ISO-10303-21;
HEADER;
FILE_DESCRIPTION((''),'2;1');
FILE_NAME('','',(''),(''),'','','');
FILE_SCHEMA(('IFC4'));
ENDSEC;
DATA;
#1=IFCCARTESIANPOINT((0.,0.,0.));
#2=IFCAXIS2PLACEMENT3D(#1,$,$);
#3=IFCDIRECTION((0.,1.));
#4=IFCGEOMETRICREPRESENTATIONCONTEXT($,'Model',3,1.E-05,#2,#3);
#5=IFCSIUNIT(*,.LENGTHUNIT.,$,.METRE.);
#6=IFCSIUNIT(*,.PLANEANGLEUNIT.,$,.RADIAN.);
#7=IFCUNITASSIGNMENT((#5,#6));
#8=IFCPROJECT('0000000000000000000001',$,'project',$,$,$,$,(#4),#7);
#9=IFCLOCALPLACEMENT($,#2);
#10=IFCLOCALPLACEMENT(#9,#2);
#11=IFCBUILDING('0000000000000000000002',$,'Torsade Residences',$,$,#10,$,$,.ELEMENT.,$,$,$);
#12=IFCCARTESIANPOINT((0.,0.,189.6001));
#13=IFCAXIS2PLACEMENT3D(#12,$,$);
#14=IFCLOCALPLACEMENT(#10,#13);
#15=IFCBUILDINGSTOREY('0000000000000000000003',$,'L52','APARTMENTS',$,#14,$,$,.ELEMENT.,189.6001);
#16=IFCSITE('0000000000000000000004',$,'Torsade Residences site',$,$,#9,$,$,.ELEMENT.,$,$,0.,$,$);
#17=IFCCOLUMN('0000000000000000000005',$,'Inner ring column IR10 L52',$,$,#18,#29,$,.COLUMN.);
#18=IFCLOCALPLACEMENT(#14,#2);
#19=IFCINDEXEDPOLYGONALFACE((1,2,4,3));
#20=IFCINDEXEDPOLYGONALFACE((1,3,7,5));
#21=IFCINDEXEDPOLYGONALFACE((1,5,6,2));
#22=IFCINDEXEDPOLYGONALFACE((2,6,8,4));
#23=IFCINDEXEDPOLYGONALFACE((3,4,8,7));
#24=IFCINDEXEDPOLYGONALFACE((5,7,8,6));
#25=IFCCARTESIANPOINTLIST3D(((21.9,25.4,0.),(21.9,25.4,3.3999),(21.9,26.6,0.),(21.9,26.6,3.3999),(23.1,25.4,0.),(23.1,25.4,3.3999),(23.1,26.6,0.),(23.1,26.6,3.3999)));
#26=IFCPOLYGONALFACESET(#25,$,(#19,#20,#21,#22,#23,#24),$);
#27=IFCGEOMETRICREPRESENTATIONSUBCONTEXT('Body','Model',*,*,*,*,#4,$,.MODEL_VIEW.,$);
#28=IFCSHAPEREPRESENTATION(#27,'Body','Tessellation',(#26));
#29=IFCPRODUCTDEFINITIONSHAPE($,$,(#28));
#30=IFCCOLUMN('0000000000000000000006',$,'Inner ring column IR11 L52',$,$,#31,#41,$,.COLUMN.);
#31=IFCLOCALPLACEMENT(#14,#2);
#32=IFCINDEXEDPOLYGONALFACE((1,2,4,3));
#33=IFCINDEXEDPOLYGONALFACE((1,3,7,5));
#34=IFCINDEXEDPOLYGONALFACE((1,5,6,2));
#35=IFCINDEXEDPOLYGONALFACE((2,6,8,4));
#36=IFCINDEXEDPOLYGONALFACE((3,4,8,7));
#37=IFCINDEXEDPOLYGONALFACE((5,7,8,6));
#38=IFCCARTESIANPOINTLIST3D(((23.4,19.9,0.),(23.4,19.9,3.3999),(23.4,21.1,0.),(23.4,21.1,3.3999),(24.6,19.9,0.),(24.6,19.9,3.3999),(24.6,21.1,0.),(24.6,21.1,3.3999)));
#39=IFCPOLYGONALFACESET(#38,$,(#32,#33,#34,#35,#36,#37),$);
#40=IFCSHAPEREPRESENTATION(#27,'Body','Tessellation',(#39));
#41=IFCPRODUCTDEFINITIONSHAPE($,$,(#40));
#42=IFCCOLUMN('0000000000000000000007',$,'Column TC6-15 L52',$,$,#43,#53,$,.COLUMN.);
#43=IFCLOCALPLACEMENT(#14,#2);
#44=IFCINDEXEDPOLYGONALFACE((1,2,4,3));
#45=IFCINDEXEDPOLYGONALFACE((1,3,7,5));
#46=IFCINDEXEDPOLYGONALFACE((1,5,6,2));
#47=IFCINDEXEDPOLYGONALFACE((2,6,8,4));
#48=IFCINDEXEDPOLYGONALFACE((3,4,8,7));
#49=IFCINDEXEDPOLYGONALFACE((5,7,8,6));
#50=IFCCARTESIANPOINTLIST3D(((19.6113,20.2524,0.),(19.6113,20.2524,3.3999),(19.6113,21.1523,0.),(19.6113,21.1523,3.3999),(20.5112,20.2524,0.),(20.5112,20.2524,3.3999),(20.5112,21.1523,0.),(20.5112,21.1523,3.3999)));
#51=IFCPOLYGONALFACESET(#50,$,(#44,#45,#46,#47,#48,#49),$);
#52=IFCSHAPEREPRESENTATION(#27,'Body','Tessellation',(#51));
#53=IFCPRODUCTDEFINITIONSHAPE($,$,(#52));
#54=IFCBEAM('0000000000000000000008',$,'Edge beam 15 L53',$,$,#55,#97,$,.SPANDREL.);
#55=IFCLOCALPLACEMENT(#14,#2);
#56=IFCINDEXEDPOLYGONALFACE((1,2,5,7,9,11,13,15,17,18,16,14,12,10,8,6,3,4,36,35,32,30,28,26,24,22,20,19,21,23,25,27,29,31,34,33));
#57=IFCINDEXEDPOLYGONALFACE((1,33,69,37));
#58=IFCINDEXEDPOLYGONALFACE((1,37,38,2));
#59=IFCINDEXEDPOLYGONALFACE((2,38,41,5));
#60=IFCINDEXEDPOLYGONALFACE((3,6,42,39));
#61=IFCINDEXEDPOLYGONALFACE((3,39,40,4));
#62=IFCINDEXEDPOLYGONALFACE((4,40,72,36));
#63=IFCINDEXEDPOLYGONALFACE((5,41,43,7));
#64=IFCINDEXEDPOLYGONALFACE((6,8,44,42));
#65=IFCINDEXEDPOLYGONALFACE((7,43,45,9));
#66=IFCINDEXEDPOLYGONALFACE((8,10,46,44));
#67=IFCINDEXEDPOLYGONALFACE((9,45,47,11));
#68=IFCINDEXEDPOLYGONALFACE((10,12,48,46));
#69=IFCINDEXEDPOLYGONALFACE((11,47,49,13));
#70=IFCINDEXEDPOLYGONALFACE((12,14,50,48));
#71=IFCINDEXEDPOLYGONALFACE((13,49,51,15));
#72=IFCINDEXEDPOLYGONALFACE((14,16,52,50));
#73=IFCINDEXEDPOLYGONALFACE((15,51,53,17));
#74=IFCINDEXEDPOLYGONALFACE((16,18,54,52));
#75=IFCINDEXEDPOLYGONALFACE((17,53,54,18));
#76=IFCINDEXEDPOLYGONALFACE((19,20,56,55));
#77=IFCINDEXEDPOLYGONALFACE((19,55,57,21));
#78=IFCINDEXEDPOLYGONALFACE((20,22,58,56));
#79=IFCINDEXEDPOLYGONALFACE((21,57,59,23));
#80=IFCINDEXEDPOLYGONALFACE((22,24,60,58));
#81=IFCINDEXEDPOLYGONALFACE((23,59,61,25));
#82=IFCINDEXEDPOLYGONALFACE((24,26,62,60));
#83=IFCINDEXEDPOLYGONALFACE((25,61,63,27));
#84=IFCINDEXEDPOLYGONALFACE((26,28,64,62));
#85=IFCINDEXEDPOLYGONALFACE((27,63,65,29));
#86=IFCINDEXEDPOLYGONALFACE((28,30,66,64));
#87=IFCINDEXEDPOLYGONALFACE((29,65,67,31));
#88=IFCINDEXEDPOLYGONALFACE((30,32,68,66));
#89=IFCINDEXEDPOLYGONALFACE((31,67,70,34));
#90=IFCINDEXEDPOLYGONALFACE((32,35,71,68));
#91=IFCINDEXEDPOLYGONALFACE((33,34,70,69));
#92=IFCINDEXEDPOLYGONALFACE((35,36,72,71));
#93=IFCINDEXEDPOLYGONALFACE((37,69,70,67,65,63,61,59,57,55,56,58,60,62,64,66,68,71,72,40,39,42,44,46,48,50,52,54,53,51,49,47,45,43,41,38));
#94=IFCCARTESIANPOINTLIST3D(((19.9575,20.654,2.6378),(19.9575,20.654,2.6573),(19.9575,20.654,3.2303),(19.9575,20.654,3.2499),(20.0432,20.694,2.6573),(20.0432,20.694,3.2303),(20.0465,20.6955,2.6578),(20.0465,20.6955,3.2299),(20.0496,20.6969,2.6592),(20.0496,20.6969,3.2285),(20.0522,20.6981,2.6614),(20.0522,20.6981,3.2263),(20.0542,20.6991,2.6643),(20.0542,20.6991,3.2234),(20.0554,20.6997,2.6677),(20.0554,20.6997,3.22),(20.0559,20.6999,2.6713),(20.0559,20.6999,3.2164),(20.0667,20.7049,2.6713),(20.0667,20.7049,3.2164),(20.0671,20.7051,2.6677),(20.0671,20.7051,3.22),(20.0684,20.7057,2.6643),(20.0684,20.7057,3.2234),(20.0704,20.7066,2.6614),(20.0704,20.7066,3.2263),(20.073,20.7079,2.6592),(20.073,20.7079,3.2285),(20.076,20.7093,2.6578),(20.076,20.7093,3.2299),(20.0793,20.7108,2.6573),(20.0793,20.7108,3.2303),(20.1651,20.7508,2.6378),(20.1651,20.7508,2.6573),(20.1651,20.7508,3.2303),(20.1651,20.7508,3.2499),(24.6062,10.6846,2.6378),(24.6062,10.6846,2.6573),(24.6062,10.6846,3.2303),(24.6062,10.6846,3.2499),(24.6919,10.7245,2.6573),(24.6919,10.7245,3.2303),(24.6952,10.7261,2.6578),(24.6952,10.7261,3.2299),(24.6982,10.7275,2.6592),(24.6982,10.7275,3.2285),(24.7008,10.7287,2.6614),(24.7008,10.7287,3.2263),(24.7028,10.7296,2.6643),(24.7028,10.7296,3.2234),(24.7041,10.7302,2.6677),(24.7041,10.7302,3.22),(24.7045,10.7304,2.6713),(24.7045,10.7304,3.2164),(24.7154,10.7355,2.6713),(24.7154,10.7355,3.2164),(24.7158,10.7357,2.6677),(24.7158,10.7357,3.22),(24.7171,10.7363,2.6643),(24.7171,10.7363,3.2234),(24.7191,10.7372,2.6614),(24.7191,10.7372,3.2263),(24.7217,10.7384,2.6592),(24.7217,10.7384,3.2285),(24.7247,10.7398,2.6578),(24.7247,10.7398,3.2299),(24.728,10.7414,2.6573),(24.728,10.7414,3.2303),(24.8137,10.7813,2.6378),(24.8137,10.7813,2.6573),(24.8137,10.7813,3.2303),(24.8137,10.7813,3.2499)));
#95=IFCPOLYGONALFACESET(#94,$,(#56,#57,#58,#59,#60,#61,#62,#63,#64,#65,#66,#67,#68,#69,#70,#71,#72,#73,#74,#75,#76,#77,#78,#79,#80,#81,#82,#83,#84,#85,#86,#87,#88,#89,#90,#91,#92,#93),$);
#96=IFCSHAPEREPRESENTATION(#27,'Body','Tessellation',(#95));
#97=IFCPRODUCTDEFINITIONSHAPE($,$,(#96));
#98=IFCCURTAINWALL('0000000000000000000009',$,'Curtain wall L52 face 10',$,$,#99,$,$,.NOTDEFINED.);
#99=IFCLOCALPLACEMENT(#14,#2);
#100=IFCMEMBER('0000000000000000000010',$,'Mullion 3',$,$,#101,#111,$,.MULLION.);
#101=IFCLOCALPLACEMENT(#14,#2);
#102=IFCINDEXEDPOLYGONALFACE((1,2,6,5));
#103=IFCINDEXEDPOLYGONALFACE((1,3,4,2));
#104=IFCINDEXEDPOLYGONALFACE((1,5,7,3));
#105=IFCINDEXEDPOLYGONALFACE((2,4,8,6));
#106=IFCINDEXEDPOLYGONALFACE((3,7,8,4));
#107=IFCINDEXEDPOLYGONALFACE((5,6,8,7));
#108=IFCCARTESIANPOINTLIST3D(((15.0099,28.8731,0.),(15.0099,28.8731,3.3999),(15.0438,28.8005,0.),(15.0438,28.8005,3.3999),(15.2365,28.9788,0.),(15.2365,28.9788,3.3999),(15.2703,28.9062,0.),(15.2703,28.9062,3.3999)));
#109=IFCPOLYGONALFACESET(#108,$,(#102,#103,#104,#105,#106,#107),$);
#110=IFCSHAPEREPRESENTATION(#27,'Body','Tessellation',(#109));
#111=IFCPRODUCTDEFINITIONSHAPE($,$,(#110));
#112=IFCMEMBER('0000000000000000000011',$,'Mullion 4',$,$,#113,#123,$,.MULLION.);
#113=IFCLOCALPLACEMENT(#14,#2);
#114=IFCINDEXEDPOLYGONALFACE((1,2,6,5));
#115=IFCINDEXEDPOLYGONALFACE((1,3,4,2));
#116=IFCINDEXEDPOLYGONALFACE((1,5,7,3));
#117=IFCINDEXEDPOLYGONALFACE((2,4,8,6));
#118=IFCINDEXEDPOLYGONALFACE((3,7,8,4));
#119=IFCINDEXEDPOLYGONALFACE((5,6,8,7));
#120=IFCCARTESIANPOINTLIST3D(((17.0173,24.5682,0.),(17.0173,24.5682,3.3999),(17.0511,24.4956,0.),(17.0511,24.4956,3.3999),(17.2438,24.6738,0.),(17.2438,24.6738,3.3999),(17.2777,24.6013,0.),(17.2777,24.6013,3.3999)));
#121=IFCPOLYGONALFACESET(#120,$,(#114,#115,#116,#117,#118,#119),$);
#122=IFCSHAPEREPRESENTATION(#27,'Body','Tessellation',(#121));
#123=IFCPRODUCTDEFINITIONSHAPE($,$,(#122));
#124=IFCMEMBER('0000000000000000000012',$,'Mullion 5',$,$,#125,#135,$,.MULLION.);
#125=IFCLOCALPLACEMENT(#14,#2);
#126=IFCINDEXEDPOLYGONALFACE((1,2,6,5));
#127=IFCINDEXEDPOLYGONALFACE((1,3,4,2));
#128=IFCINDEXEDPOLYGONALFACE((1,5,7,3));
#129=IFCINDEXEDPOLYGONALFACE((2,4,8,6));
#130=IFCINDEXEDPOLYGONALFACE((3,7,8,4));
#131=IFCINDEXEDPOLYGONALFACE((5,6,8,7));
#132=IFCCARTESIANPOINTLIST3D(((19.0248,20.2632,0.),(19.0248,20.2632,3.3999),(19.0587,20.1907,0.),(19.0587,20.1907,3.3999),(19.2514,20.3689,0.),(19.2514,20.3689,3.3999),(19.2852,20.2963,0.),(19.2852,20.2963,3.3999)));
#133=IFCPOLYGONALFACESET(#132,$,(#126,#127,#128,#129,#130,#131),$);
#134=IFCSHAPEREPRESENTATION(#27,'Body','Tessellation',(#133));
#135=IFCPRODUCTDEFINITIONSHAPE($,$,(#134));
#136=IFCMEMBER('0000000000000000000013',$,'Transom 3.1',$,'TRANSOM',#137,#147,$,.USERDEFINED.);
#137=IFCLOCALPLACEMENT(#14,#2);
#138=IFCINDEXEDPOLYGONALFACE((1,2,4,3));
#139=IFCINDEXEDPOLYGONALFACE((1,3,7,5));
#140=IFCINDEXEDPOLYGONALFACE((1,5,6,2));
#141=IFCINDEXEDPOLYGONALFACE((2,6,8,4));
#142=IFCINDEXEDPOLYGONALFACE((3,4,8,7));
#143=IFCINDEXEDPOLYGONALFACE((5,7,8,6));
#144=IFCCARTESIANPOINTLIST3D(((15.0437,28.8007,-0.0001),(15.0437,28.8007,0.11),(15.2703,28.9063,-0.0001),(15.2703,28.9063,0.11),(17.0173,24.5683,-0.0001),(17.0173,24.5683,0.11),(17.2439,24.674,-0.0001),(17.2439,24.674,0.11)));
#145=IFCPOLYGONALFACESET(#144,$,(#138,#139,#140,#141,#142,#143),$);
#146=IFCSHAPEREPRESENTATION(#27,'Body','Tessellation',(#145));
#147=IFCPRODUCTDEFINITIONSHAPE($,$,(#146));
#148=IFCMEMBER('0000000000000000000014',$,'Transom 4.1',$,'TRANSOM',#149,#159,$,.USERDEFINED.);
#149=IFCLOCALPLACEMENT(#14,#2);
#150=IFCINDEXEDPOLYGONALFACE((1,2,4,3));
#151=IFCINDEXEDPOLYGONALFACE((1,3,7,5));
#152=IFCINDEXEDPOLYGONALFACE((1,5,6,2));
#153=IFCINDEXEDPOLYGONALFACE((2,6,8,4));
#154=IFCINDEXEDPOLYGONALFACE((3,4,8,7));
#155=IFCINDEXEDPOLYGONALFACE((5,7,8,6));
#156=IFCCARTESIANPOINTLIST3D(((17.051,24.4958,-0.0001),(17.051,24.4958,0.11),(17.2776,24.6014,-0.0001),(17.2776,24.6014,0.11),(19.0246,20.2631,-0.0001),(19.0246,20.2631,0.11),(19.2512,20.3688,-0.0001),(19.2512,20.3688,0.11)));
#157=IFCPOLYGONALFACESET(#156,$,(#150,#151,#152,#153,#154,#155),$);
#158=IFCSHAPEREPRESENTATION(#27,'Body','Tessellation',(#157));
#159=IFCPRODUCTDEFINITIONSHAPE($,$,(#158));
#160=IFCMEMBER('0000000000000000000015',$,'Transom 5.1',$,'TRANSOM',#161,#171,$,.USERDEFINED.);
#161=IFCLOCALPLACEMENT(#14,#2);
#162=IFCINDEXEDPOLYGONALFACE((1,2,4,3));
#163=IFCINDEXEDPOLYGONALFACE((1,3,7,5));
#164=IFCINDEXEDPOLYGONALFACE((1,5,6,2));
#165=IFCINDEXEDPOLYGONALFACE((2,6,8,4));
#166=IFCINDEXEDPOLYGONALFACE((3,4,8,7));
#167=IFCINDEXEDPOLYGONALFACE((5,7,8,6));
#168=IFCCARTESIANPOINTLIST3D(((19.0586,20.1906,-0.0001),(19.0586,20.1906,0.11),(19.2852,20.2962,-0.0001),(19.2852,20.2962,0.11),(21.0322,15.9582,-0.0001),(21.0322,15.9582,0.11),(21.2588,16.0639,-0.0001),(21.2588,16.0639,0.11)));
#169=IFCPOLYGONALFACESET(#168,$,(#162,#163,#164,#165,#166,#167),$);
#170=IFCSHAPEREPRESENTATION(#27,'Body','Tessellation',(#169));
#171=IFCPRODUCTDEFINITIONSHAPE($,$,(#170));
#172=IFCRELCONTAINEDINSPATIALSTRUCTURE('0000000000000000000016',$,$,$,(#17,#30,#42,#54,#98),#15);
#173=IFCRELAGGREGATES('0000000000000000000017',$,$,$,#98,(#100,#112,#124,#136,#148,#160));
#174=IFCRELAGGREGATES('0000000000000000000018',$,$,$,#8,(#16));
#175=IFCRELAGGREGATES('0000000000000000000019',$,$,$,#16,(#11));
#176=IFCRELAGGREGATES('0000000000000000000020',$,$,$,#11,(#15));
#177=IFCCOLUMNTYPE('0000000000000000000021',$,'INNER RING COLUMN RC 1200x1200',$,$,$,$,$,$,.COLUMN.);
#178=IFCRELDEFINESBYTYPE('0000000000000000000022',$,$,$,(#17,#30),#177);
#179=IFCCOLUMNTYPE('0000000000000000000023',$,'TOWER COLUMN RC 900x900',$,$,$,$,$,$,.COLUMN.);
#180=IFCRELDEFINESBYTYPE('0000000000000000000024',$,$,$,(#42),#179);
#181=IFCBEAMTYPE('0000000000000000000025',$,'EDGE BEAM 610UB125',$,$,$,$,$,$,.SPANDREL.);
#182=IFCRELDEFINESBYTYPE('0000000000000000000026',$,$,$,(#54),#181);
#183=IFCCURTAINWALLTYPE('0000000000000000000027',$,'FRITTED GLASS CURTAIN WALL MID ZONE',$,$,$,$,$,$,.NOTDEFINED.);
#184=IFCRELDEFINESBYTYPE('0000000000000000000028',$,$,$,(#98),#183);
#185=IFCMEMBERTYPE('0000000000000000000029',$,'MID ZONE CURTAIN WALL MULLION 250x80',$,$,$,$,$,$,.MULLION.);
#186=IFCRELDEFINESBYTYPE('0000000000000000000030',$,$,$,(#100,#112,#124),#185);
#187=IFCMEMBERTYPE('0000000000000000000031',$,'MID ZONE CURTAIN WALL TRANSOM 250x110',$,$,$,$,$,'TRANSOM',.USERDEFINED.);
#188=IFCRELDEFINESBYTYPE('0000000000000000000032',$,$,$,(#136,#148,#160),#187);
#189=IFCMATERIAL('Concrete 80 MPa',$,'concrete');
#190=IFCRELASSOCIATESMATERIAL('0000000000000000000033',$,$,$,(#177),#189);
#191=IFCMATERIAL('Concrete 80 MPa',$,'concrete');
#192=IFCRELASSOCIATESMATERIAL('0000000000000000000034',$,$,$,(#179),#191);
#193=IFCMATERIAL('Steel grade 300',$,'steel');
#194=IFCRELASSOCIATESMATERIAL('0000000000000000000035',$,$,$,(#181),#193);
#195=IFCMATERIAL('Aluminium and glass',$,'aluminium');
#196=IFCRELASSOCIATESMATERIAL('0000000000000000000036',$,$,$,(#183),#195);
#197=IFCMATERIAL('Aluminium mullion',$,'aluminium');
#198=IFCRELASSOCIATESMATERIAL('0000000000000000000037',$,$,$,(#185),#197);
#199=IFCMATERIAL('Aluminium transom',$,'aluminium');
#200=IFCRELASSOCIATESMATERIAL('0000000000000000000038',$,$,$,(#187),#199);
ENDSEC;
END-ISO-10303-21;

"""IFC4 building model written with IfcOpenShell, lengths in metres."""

from ifc_helpers import new_model, si_unit, direction, frame, origin, origin_2d, place, context, subcontext, project, spatial, rectangle, i_section, extrude, material, material_profile, profile_set, type_object, element, aggregate, save


model = new_model("IFC4")

# Units and contexts
model_context = context("Model", 3, precision=1e-05, world=origin(), true_north=direction((0.0, 1.0)))
body_context = subcontext(model_context, "Body", "Model", "MODEL_VIEW")
ifc_project = project(units=[si_unit("LENGTHUNIT", "METRE"), si_unit("PLANEANGLEUNIT", "RADIAN")], contexts=[model_context])

# Site, building, storey
site_placement = place(None, origin())
site = spatial("IfcSite", under=ifc_project, at=site_placement, Name="Torsade Residences site", CompositionType="ELEMENT", RefElevation=0.0)
building_placement = place(site_placement, origin())
building = spatial("IfcBuilding", under=site, at=building_placement, Name="Torsade Residences", CompositionType="ELEMENT")
storey_placement = place(building_placement, frame((0.0, 0.0, 189.6001)))
storey = spatial("IfcBuildingStorey", under=building, at=storey_placement, Name="L52", Description="APARTMENTS", CompositionType="ELEMENT", Elevation=189.6001)

# Columns
ifc_material_1 = material(Name="Concrete 80 MPa", Category="concrete")
ifc_material_profile_1 = material_profile(ifc_material_1, rectangle(XDim=1.2, YDim=1.2, at=origin_2d()), Name="RC 1200x1200")
ifc_profile_set_1 = profile_set([ifc_material_profile_1], Name="Concrete 80 MPa")
column_type_1 = type_object("IfcColumnType", Name="INNER RING COLUMN RC 1200x1200", PredefinedType="COLUMN", material=ifc_profile_set_1)
for number, where, z_axis, x_axis, name in (
    (1, (22.5, 26.0, 0.0), (0.0, 0.0, 1.0), (1.0, 0.0, 0.0), "Inner ring column IR10 L52"),
    (2, (24.0, 20.5, 0.0), (0.0, 0.0, 1.0), (1.0, 0.0, 0.0), "Inner ring column IR11 L52"),
):
    element("IfcColumn", number, at=place(storey_placement, frame(where, z_axis=z_axis, x_axis=x_axis)), inside=storey, type_object=column_type_1, Name=name, PredefinedType="COLUMN", context=body_context, shape_type="SweptSolid", body=[
        extrude(rectangle(XDim=1.2, YDim=1.2, at=origin_2d()), origin(), (0.0, 0.0, 1.0), 3.3999),
    ])
ifc_material_2 = material(Name="Concrete 80 MPa", Category="concrete")
ifc_material_profile_2 = material_profile(ifc_material_2, rectangle(XDim=0.8999, YDim=0.8999, at=origin_2d()), Name="RC 900x900")
ifc_profile_set_2 = profile_set([ifc_material_profile_2], Name="Concrete 80 MPa")
column_type_2 = type_object("IfcColumnType", Name="TOWER COLUMN RC 900x900", PredefinedType="COLUMN", material=ifc_profile_set_2)
column_placement = place(storey_placement, frame((20.0613, 20.7024, 0.0), z_axis=(0.0, 0.0, 1.0), x_axis=(1.0, 0.0, 0.0)))
element("IfcColumn", 3, at=column_placement, inside=storey, type_object=column_type_2, Name="Column TC6-15 L52", PredefinedType="COLUMN", context=body_context, shape_type="SweptSolid", body=[
    extrude(rectangle(XDim=0.8999, YDim=0.8999, at=origin_2d()), origin(), (0.0, 0.0, 1.0), 3.3999),
])

# Beam
ifc_material_3 = material(Name="Steel grade 300", Category="steel")
ifc_material_profile_3 = material_profile(ifc_material_3, i_section(OverallWidth=0.229, OverallDepth=0.6121, WebThickness=0.012, FlangeThickness=0.0195, FilletRadius=0.0139, at=origin_2d()), Name="610UB125")
ifc_profile_set_3 = profile_set([ifc_material_profile_3], Name="Steel grade 300")
beam_type_1 = type_object("IfcBeamType", Name="EDGE BEAM 610UB125", PredefinedType="SPANDREL", material=ifc_profile_set_3)
beam_1_placement = place(storey_placement, frame((20.0613, 20.7024, 2.9438), z_axis=(0.422606, -0.906314, 0.0), x_axis=(0.906314, 0.422606, 0.0)))
element("IfcBeam", 4, at=beam_1_placement, inside=storey, type_object=beam_type_1, Name="Edge beam 15 L53", PredefinedType="SPANDREL", context=body_context, shape_type="SweptSolid", body=[
    extrude(i_section(OverallWidth=0.229, OverallDepth=0.6121, WebThickness=0.012, FlangeThickness=0.0195, FilletRadius=0.0139, at=origin_2d()), origin(), (0.0, 0.0, 1.0), 11.0),
])

# Curtain wall, members
ifc_material_4 = material(Name="Aluminium and glass", Category="aluminium")
curtain_wall_type = type_object("IfcCurtainWallType", Name="FRITTED GLASS CURTAIN WALL MID ZONE", PredefinedType="NOTDEFINED", material=ifc_material_4)
curtain_wall_placement = place(storey_placement, origin())
curtain_wall = element("IfcCurtainWall", 5, at=curtain_wall_placement, inside=storey, type_object=curtain_wall_type, Name="Curtain wall L52 face 10", PredefinedType="NOTDEFINED")
ifc_material_5 = material(Name="Aluminium mullion", Category="aluminium")
ifc_material_profile_4 = material_profile(ifc_material_5, rectangle(XDim=0.25, YDim=0.0801, at=origin_2d()), Name="MID ZONE CURTAIN WALL MULLION 250x80")
ifc_profile_set_4 = profile_set([ifc_material_profile_4], Name="Aluminium mullion")
member_type_1 = type_object("IfcMemberType", Name="MID ZONE CURTAIN WALL MULLION 250x80", PredefinedType="MULLION", material=ifc_profile_set_4)
member_1_placement = place(storey_placement, frame((15.1401, 28.8896, 0.0), z_axis=(0.0, 0.0, 1.0), x_axis=(0.906308, 0.422618, 0.0)))
member_1 = element("IfcMember", 6, at=member_1_placement, type_object=member_type_1, Name="Mullion 3", PredefinedType="MULLION", context=body_context, shape_type="SweptSolid", body=[
    extrude(rectangle(XDim=0.25, YDim=0.0801, at=origin_2d()), origin(), (0.0, 0.0, 1.0), 3.3999),
])
member_2_placement = place(storey_placement, frame((17.1475, 24.5847, 0.0), z_axis=(0.0, 0.0, 1.0), x_axis=(0.906308, 0.422618, 0.0)))
member_2 = element("IfcMember", 7, at=member_2_placement, type_object=member_type_1, Name="Mullion 4", PredefinedType="MULLION", context=body_context, shape_type="SweptSolid", body=[
    extrude(rectangle(XDim=0.25, YDim=0.0801, at=origin_2d()), origin(), (0.0, 0.0, 1.0), 3.3999),
])
member_3_placement = place(storey_placement, frame((19.155, 20.2798, 0.0), z_axis=(0.0, 0.0, 1.0), x_axis=(0.906308, 0.422618, 0.0)))
member_3 = element("IfcMember", 8, at=member_3_placement, type_object=member_type_1, Name="Mullion 5", PredefinedType="MULLION", context=body_context, shape_type="SweptSolid", body=[
    extrude(rectangle(XDim=0.25, YDim=0.0801, at=origin_2d()), origin(), (0.0, 0.0, 1.0), 3.3999),
])
ifc_material_6 = material(Name="Aluminium transom", Category="aluminium")
ifc_material_profile_5 = material_profile(ifc_material_6, rectangle(XDim=0.25, YDim=0.1101, at=origin_2d()), Name="MID ZONE CURTAIN WALL TRANSOM 250x110")
ifc_profile_set_5 = profile_set([ifc_material_profile_5], Name="Aluminium transom")
member_type_2 = type_object("IfcMemberType", Name="MID ZONE CURTAIN WALL TRANSOM 250x110", ElementType="TRANSOM", PredefinedType="USERDEFINED", material=ifc_profile_set_5)
member_4_placement = place(storey_placement, frame((15.157, 28.8535, 0.0549), z_axis=(0.422622, -0.906306, 0.0), x_axis=(0.906306, 0.422622, 0.0)))
member_4 = element("IfcMember", 9, at=member_4_placement, type_object=member_type_2, Name="Transom 3.1", ObjectType="TRANSOM", PredefinedType="USERDEFINED", context=body_context, shape_type="SweptSolid", body=[
    extrude(rectangle(XDim=0.25, YDim=0.1101, at=origin_2d()), origin(), (0.0, 0.0, 1.0), 4.6699),
])
member_5_placement = place(storey_placement, frame((17.1643, 24.5486, 0.0549), z_axis=(0.422602, -0.906315, 0.0), x_axis=(0.906315, 0.422602, 0.0)))
member_5 = element("IfcMember", 10, at=member_5_placement, type_object=member_type_2, Name="Transom 4.1", ObjectType="TRANSOM", PredefinedType="USERDEFINED", context=body_context, shape_type="SweptSolid", body=[
    extrude(rectangle(XDim=0.25, YDim=0.1101, at=origin_2d()), origin(), (0.0, 0.0, 1.0), 4.6702),
])
member_6_placement = place(storey_placement, frame((19.1719, 20.2434, 0.0549), z_axis=(0.422622, -0.906306, 0.0), x_axis=(0.906306, 0.422622, 0.0)))
member_6 = element("IfcMember", 11, at=member_6_placement, type_object=member_type_2, Name="Transom 5.1", ObjectType="TRANSOM", PredefinedType="USERDEFINED", context=body_context, shape_type="SweptSolid", body=[
    extrude(rectangle(XDim=0.25, YDim=0.1101, at=origin_2d()), origin(), (0.0, 0.0, 1.0), 4.6699),
])

aggregate(curtain_wall, [member_1, member_2, member_3, member_4, member_5, member_6])

save(model, "model.ifc")
